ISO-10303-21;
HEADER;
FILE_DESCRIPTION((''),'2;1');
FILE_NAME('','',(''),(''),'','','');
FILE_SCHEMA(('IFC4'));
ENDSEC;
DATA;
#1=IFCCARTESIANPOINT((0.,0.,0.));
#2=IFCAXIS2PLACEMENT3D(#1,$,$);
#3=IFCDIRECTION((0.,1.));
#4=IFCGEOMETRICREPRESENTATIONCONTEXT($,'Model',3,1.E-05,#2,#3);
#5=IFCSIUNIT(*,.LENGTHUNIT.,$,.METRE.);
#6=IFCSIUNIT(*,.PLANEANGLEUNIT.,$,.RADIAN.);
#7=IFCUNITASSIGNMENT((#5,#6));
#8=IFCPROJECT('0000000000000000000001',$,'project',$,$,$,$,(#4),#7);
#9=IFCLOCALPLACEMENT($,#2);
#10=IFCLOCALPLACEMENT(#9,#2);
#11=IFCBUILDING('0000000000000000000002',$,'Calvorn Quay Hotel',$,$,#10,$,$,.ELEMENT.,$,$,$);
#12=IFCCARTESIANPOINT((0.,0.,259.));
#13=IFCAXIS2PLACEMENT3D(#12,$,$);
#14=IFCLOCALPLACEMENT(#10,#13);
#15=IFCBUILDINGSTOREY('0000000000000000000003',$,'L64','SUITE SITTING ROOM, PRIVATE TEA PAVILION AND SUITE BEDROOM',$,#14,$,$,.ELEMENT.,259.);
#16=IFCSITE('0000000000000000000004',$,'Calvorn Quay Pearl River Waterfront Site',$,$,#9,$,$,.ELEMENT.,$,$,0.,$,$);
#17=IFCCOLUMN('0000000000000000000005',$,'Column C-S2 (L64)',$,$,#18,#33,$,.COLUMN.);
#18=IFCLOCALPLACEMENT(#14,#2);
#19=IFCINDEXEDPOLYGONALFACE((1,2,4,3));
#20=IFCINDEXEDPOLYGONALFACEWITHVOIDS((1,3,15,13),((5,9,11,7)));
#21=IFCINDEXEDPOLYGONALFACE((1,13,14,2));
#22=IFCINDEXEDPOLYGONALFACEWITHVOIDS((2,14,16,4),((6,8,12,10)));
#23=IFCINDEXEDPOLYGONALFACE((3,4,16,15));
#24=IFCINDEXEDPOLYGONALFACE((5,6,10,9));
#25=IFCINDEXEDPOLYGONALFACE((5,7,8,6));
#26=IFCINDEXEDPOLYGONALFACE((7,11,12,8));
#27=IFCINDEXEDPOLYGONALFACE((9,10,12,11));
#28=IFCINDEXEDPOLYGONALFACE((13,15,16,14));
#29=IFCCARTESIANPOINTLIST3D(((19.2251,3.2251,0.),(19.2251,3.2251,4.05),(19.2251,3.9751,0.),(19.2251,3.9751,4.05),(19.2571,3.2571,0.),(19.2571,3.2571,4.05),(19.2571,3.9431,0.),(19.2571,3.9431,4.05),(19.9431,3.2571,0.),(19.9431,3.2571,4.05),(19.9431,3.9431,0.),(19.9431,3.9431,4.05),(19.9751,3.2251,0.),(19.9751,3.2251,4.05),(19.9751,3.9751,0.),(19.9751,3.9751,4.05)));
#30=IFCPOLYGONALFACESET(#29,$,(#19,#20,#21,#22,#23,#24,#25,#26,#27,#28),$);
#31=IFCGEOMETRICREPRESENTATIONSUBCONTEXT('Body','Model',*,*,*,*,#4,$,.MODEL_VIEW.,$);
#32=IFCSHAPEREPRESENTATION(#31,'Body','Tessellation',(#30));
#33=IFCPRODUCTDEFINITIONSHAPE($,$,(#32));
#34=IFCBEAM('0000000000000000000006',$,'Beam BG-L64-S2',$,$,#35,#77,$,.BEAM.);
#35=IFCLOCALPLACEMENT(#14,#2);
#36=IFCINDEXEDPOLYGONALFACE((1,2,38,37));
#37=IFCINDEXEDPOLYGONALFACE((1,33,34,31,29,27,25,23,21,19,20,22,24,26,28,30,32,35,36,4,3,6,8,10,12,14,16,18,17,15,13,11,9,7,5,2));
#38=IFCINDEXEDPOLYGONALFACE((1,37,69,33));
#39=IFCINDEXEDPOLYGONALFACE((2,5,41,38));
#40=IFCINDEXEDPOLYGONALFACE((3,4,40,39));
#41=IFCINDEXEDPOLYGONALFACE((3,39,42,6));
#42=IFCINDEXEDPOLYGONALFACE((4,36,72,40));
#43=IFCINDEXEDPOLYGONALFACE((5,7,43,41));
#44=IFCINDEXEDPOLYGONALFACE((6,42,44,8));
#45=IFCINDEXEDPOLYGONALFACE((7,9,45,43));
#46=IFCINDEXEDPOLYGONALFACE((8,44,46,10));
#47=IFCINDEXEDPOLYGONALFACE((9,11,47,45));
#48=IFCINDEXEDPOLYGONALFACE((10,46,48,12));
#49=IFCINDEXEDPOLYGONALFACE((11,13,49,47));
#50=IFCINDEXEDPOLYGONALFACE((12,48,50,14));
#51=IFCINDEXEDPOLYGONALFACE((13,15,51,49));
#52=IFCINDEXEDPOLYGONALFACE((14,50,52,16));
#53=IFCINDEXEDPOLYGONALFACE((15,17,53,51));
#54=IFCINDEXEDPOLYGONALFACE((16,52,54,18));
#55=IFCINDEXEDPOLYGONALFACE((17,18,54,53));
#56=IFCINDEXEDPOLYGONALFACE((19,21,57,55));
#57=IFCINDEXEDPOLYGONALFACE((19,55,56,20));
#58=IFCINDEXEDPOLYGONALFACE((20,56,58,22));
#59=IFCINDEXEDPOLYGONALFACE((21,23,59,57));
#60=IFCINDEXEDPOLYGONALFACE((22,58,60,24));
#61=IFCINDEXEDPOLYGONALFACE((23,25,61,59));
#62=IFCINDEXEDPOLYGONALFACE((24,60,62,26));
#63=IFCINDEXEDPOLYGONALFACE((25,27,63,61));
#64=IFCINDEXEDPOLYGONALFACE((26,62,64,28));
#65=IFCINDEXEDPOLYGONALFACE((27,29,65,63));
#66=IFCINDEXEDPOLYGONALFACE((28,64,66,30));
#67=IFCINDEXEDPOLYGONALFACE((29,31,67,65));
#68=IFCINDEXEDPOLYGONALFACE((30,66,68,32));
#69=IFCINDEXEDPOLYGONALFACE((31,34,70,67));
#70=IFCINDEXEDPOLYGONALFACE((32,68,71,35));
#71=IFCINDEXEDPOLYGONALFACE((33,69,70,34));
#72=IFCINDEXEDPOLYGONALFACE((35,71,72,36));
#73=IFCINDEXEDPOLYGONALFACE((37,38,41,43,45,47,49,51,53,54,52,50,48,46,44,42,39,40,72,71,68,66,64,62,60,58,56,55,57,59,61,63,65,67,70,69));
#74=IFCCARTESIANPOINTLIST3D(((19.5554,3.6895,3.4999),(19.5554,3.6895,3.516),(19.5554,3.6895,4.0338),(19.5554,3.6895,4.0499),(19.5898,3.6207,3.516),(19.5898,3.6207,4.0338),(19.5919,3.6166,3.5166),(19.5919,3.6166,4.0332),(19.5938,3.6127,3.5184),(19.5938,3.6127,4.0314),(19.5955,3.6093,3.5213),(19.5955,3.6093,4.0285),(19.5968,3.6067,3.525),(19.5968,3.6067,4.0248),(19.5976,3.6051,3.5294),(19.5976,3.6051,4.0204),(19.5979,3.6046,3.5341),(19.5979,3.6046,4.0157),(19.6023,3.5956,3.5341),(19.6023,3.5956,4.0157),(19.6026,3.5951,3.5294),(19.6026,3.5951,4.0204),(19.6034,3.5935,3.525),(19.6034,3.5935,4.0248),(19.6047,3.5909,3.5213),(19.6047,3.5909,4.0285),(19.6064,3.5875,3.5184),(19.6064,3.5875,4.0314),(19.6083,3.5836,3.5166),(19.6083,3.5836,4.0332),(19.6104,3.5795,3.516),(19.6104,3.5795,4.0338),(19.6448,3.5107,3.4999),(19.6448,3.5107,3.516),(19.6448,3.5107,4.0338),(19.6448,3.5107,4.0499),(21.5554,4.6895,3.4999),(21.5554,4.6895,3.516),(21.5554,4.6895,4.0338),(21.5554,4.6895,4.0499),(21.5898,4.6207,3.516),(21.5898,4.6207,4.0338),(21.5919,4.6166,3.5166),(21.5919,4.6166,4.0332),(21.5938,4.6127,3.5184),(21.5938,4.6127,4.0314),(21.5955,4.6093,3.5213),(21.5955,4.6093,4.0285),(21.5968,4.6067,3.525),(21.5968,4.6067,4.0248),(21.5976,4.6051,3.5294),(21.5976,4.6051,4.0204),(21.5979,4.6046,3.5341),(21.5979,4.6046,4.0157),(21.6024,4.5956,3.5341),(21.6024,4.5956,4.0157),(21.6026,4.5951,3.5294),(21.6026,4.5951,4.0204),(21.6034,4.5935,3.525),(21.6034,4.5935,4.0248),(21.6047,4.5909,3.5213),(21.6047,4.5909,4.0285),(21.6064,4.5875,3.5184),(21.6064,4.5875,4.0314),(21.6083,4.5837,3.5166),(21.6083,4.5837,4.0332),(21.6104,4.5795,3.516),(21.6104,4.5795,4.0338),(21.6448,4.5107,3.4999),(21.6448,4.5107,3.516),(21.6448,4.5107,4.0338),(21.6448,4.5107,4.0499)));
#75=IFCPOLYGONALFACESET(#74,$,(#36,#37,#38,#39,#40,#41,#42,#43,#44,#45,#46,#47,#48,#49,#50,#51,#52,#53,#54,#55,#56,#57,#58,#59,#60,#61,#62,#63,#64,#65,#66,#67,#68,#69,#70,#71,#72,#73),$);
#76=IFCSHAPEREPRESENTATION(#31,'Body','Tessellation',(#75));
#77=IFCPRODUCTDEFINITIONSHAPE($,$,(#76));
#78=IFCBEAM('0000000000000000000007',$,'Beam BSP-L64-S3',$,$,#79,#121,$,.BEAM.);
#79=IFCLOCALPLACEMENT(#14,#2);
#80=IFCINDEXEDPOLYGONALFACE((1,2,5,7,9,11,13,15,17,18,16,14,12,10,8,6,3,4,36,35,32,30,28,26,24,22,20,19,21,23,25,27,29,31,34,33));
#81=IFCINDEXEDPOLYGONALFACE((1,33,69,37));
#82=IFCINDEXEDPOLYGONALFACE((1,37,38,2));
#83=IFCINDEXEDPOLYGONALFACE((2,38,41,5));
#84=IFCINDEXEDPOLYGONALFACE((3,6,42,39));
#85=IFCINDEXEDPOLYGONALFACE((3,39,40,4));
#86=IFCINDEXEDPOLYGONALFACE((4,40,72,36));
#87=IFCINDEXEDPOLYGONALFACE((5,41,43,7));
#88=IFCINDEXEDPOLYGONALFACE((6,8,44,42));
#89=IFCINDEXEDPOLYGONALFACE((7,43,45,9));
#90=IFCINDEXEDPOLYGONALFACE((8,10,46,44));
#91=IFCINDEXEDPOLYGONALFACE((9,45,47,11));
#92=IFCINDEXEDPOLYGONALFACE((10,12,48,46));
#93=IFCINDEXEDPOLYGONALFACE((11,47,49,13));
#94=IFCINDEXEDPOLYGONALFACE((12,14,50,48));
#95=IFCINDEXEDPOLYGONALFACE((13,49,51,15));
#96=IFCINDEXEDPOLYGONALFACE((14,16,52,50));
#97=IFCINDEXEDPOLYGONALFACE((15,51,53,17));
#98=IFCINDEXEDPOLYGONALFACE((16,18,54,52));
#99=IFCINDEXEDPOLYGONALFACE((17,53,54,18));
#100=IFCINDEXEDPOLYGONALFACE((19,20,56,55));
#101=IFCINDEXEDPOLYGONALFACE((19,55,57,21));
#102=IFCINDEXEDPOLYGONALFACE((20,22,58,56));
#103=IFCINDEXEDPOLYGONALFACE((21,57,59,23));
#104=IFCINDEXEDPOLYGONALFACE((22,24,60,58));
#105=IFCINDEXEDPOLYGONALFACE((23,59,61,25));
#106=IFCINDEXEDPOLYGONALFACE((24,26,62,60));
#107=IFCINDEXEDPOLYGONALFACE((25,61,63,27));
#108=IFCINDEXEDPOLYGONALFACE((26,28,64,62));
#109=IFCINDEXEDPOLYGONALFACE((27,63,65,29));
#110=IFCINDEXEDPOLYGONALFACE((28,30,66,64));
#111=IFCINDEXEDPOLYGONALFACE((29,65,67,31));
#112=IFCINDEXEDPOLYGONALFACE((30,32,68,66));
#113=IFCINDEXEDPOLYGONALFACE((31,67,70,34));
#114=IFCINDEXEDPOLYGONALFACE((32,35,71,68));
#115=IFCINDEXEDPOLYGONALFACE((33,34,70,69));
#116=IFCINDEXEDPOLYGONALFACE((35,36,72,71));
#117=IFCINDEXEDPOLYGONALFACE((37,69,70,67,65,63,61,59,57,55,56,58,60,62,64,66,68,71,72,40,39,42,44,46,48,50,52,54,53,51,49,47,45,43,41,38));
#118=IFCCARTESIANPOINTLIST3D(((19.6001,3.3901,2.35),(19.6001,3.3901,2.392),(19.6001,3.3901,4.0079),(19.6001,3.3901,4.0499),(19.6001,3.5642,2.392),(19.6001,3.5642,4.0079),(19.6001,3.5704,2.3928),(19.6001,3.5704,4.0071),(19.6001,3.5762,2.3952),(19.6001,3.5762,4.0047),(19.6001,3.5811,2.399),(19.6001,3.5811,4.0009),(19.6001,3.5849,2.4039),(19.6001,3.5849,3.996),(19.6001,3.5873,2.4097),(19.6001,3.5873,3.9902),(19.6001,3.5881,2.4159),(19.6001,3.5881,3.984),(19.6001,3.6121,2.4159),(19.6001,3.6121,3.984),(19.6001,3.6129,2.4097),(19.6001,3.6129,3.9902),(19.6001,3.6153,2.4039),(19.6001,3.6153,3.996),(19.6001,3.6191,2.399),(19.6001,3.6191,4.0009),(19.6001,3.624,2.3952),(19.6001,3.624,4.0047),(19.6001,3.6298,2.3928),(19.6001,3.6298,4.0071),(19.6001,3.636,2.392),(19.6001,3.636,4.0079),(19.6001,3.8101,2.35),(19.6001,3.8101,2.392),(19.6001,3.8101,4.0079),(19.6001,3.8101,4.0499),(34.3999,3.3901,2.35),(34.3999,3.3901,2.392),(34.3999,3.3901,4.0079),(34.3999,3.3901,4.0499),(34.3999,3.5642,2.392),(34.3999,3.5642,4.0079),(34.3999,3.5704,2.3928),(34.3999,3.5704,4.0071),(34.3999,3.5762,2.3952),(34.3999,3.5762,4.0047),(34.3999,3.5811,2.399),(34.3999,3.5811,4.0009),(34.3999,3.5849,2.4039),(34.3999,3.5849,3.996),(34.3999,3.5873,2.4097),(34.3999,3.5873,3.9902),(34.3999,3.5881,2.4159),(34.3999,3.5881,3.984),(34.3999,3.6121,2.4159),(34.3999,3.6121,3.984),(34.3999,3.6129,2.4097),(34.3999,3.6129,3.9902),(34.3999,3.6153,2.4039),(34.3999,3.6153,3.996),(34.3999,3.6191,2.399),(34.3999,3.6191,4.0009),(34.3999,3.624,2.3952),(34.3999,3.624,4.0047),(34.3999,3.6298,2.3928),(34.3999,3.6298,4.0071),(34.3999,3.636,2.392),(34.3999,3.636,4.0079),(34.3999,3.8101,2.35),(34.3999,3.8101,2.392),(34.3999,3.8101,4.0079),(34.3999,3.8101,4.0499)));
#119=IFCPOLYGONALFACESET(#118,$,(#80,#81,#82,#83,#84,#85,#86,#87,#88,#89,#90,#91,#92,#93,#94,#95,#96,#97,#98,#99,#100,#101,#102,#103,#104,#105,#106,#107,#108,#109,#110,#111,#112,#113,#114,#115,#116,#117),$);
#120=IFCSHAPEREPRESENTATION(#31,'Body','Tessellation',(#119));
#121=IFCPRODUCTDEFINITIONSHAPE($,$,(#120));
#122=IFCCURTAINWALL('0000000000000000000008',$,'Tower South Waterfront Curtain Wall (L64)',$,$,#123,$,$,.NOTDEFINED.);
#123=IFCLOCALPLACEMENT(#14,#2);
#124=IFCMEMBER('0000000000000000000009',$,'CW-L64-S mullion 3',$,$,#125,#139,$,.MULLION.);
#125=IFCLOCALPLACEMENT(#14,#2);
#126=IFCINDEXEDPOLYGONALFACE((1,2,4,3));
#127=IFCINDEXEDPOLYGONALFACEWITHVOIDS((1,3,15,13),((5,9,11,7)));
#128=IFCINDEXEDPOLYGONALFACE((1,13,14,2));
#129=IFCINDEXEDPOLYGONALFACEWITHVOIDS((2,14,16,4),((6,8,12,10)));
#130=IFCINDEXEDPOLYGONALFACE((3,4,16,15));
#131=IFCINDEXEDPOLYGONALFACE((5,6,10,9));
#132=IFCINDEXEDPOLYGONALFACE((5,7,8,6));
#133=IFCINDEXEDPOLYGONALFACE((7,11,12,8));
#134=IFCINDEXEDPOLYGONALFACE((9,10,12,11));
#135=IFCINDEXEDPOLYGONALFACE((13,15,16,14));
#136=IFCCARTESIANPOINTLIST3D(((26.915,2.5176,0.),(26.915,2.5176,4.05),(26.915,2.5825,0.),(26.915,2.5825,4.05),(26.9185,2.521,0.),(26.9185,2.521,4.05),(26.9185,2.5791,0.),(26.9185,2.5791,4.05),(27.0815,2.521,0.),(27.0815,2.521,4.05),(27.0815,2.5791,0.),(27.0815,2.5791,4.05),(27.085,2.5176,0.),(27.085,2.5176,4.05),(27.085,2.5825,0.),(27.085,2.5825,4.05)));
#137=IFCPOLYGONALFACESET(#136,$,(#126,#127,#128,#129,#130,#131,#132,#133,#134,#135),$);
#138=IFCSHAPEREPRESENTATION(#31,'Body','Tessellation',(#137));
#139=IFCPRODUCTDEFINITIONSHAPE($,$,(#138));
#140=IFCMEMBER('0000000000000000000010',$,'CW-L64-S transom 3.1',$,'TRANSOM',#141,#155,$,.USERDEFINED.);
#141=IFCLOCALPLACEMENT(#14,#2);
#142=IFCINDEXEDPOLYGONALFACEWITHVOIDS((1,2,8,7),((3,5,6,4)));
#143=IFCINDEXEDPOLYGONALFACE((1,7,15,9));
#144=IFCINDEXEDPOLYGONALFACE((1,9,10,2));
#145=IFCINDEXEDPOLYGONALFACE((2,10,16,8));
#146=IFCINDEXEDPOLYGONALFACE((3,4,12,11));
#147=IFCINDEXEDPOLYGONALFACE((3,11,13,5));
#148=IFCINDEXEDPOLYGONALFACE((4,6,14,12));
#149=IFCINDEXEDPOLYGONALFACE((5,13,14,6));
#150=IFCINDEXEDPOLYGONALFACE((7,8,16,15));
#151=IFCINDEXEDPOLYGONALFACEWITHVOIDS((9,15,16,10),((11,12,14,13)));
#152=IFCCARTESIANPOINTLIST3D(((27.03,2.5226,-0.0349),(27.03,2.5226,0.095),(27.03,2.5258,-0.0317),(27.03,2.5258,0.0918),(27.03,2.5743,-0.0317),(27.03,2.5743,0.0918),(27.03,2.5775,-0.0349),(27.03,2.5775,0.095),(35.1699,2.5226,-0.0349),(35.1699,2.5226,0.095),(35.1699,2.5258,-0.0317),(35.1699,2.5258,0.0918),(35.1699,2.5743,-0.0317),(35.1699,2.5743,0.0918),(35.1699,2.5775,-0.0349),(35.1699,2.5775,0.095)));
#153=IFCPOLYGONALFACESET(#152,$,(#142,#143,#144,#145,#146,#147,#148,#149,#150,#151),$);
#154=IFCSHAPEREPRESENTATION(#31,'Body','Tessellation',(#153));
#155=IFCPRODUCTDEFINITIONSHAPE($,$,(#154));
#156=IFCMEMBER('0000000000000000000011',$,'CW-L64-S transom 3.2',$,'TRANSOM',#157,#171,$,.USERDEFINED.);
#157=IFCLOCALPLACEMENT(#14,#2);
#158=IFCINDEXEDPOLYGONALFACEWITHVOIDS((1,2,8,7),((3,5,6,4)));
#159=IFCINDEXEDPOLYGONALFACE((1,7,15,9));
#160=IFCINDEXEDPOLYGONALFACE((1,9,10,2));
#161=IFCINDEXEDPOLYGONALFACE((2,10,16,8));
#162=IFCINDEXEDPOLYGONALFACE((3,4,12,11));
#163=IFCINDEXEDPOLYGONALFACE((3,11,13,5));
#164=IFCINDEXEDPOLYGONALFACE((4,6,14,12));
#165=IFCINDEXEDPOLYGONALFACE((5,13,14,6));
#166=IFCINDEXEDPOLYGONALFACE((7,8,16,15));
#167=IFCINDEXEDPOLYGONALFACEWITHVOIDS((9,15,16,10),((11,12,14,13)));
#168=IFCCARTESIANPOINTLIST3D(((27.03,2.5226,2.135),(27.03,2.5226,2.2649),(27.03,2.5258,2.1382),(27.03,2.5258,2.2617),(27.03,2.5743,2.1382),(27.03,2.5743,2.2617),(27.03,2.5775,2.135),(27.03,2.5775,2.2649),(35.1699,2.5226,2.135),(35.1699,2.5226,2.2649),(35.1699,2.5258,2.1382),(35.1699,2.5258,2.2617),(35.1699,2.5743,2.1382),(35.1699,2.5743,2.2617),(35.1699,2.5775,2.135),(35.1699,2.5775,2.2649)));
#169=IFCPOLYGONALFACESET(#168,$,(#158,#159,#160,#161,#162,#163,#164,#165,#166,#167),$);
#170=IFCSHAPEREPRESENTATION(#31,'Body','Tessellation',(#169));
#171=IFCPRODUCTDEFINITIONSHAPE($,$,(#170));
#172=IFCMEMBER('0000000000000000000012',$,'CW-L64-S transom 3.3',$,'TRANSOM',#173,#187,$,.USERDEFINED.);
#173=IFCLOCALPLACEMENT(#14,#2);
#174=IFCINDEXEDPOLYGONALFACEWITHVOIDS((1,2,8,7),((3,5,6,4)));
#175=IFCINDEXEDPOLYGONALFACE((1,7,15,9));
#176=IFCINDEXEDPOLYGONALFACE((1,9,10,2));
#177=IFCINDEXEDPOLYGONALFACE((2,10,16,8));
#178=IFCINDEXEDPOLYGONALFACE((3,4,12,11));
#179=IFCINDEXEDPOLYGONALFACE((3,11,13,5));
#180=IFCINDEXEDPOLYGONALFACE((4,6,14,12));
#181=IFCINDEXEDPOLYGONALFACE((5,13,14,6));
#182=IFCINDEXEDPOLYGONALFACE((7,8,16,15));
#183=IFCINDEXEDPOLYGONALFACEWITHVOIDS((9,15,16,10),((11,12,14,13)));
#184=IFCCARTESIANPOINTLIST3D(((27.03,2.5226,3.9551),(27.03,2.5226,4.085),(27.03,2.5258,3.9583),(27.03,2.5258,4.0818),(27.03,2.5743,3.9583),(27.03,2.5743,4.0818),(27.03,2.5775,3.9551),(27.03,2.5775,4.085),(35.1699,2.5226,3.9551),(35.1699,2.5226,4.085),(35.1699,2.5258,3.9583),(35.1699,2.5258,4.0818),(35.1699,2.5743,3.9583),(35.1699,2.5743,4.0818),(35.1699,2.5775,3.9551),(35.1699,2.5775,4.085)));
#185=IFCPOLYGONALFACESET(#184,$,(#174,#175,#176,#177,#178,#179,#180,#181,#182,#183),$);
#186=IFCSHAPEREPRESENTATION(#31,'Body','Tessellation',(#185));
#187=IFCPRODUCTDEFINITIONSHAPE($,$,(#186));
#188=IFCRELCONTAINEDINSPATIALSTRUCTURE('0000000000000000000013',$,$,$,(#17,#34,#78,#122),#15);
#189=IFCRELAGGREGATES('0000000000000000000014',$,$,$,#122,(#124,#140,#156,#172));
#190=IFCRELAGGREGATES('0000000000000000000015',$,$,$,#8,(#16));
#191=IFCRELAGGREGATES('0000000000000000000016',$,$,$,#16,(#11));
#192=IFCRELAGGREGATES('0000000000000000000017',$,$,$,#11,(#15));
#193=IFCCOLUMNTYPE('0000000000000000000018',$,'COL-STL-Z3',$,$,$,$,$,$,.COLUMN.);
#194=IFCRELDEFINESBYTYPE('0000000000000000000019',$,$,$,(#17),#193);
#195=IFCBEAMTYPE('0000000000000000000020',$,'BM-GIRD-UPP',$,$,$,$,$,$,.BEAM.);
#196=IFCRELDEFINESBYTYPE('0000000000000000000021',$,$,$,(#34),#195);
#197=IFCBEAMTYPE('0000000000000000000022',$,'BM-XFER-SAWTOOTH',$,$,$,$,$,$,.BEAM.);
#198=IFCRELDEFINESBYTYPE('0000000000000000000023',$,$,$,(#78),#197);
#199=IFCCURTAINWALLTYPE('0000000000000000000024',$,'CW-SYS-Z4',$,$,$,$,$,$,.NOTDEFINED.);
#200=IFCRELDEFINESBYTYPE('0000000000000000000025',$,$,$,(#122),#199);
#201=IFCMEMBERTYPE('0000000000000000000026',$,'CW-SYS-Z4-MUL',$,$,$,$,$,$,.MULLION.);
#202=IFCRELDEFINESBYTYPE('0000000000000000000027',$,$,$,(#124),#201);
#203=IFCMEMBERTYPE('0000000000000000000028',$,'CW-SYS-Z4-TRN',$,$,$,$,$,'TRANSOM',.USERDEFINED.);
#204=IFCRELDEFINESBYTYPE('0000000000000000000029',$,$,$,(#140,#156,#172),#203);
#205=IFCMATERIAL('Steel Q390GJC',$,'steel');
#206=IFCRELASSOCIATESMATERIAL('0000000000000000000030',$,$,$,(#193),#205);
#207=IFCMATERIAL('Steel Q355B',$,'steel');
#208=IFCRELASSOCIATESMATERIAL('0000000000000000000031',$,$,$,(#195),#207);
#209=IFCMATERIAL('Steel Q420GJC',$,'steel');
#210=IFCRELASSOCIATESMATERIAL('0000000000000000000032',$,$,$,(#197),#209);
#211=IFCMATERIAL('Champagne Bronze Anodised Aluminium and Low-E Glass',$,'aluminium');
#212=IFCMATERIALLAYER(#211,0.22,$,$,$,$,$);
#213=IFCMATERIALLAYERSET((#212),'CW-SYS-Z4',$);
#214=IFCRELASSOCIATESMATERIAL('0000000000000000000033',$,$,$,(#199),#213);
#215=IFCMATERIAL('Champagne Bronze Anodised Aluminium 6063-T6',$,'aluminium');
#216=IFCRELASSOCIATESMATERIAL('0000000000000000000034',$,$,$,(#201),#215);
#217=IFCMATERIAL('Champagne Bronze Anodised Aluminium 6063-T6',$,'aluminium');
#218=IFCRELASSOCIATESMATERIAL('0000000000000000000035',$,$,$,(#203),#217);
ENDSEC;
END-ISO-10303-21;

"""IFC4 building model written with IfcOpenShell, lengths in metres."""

from ifc_helpers import new_model, si_unit, direction, frame, origin, origin_2d, place, context, subcontext, project, spatial, hollow_rectangle, i_section, extrude, material, layer, layer_set, material_profile, profile_set, type_object, element, aggregate, save


model = new_model("IFC4")

# Units and contexts
model_context = context("Model", 3, precision=1e-05, world=origin(), true_north=direction((0.0, 1.0)))
body_context = subcontext(model_context, "Body", "Model", "MODEL_VIEW")
ifc_project = project(units=[si_unit("LENGTHUNIT", "METRE"), si_unit("PLANEANGLEUNIT", "RADIAN")], contexts=[model_context])

# Site, building, storey
site_placement = place(None, origin())
site = spatial("IfcSite", under=ifc_project, at=site_placement, Name="Calvorn Quay Pearl River Waterfront Site", CompositionType="ELEMENT", RefElevation=0.0)
building_placement = place(site_placement, origin())
building = spatial("IfcBuilding", under=site, at=building_placement, Name="Calvorn Quay Hotel", CompositionType="ELEMENT")
storey_placement = place(building_placement, frame((0.0, 0.0, 259.0)))
storey = spatial("IfcBuildingStorey", under=building, at=storey_placement, Name="L64", Description="SUITE SITTING ROOM, PRIVATE TEA PAVILION AND SUITE BEDROOM", CompositionType="ELEMENT", Elevation=259.0)

# Column
ifc_material_1 = material(Name="Steel Q390GJC", Category="steel")
ifc_material_profile_1 = material_profile(ifc_material_1, hollow_rectangle(XDim=0.75, YDim=0.75, WallThickness=0.032, at=origin_2d()), Name="BOX750x750x32")
ifc_profile_set_1 = profile_set([ifc_material_profile_1], Name="Steel Q390GJC")
column_type = type_object("IfcColumnType", Name="COL-STL-Z3", PredefinedType="COLUMN", material=ifc_profile_set_1)
column_placement = place(storey_placement, frame((19.6001, 3.6001, 0.0), z_axis=(0.0, 0.0, 1.0), x_axis=(1.0, 0.0, 0.0)))
element("IfcColumn", 1, at=column_placement, inside=storey, type_object=column_type, Name="Column C-S2 (L64)", PredefinedType="COLUMN", context=body_context, shape_type="SweptSolid", body=[
    extrude(hollow_rectangle(XDim=0.75, YDim=0.75, WallThickness=0.032, at=origin_2d()), origin(), (0.0, 0.0, 1.0), 4.05),
])

# Beams
ifc_material_2 = material(Name="Steel Q355B", Category="steel")
ifc_material_profile_2 = material_profile(ifc_material_2, i_section(OverallWidth=0.2, OverallDepth=0.55, WebThickness=0.01, FlangeThickness=0.0161, FilletRadius=0.0181, at=origin_2d()), Name="HN550x200x10x16")
ifc_profile_set_2 = profile_set([ifc_material_profile_2], Name="Steel Q355B")
beam_type_1 = type_object("IfcBeamType", Name="BM-GIRD-UPP", PredefinedType="BEAM", material=ifc_profile_set_2)
beam_1_placement = place(storey_placement, frame((19.6001, 3.6001, 3.7749), z_axis=(0.894427, 0.447214, 0.0), x_axis=(-0.447214, 0.894427, 0.0)))
element("IfcBeam", 2, at=beam_1_placement, inside=storey, type_object=beam_type_1, Name="Beam BG-L64-S2", PredefinedType="BEAM", context=body_context, shape_type="SweptSolid", body=[
    extrude(i_section(OverallWidth=0.2, OverallDepth=0.55, WebThickness=0.01, FlangeThickness=0.0161, FilletRadius=0.0181, at=origin_2d()), origin(), (0.0, 0.0, 1.0), 2.2361),
])
ifc_material_3 = material(Name="Steel Q420GJC", Category="steel")
ifc_material_profile_3 = material_profile(ifc_material_3, i_section(OverallWidth=0.4199, OverallDepth=1.7, WebThickness=0.0239, FlangeThickness=0.042, FilletRadius=0.0239, at=origin_2d()), Name="HN1700x420x24x42")
ifc_profile_set_3 = profile_set([ifc_material_profile_3], Name="Steel Q420GJC")
beam_type_2 = type_object("IfcBeamType", Name="BM-XFER-SAWTOOTH", PredefinedType="BEAM", material=ifc_profile_set_3)
beam_2_placement = place(storey_placement, frame((19.6001, 3.6001, 3.2), z_axis=(1.0, 0.0, 0.0), x_axis=(0.0, 1.0, 0.0)))
element("IfcBeam", 3, at=beam_2_placement, inside=storey, type_object=beam_type_2, Name="Beam BSP-L64-S3", PredefinedType="BEAM", context=body_context, shape_type="SweptSolid", body=[
    extrude(i_section(OverallWidth=0.4199, OverallDepth=1.7, WebThickness=0.0239, FlangeThickness=0.042, FilletRadius=0.0239, at=origin_2d()), origin(), (0.0, 0.0, 1.0), 14.7998),
])

# Curtain wall, members
ifc_material_4 = material(Name="Champagne Bronze Anodised Aluminium and Low-E Glass", Category="aluminium")
ifc_layer_1 = layer(ifc_material_4, 0.22)
ifc_layer_set_1 = layer_set([ifc_layer_1], Name="CW-SYS-Z4")
curtain_wall_type = type_object("IfcCurtainWallType", Name="CW-SYS-Z4", PredefinedType="NOTDEFINED", material=ifc_layer_set_1)
curtain_wall_placement = place(storey_placement, origin())
curtain_wall = element("IfcCurtainWall", 4, at=curtain_wall_placement, inside=storey, type_object=curtain_wall_type, Name="Tower South Waterfront Curtain Wall (L64)", PredefinedType="NOTDEFINED")
ifc_material_5 = material(Name="Champagne Bronze Anodised Aluminium 6063-T6", Category="aluminium")
ifc_material_profile_4 = material_profile(ifc_material_5, hollow_rectangle(XDim=0.0649, YDim=0.1699, WallThickness=0.0034, at=origin_2d()), Name="ALU-M170x65x3.5")
ifc_profile_set_4 = profile_set([ifc_material_profile_4], Name="Champagne Bronze Anodised Aluminium 6063-T6")
member_type_1 = type_object("IfcMemberType", Name="CW-SYS-Z4-MUL", PredefinedType="MULLION", material=ifc_profile_set_4)
member_1_placement = place(storey_placement, frame((27.0, 2.55, 0.0), z_axis=(0.0, 0.0, 1.0), x_axis=(0.0, 1.0, 0.0)))
member_1 = element("IfcMember", 5, at=member_1_placement, type_object=member_type_1, Name="CW-L64-S mullion 3", PredefinedType="MULLION", context=body_context, shape_type="SweptSolid", body=[
    extrude(hollow_rectangle(XDim=0.0649, YDim=0.1699, WallThickness=0.0034, at=origin_2d()), origin(), (0.0, 0.0, 1.0), 4.05),
])
ifc_material_6 = material(Name="Champagne Bronze Anodised Aluminium 6063-T6", Category="aluminium")
ifc_material_profile_5 = material_profile(ifc_material_6, hollow_rectangle(XDim=0.0549, YDim=0.1299, WallThickness=0.0032, at=origin_2d()), Name="ALU-T130x55x3.2")
ifc_profile_set_5 = profile_set([ifc_material_profile_5], Name="Champagne Bronze Anodised Aluminium 6063-T6")
member_type_2 = type_object("IfcMemberType", Name="CW-SYS-Z4-TRN", ElementType="TRANSOM", PredefinedType="USERDEFINED", material=ifc_profile_set_5)
member_2_placement = place(storey_placement, frame((27.03, 2.55, 0.03), z_axis=(1.0, 0.0, 0.0), x_axis=(0.0, 1.0, 0.0)))
member_2 = element("IfcMember", 6, at=member_2_placement, type_object=member_type_2, Name="CW-L64-S transom 3.1", ObjectType="TRANSOM", PredefinedType="USERDEFINED", context=body_context, shape_type="SweptSolid", body=[
    extrude(hollow_rectangle(XDim=0.0549, YDim=0.1299, WallThickness=0.0032, at=origin_2d()), origin(), (0.0, 0.0, 1.0), 8.1399),
])
member_3_placement = place(storey_placement, frame((27.03, 2.55, 2.2), z_axis=(1.0, 0.0, 0.0), x_axis=(0.0, 1.0, 0.0)))
member_3 = element("IfcMember", 7, at=member_3_placement, type_object=member_type_2, Name="CW-L64-S transom 3.2", ObjectType="TRANSOM", PredefinedType="USERDEFINED", context=body_context, shape_type="SweptSolid", body=[
    extrude(hollow_rectangle(XDim=0.0549, YDim=0.1299, WallThickness=0.0032, at=origin_2d()), origin(), (0.0, 0.0, 1.0), 8.1399),
])
member_4_placement = place(storey_placement, frame((27.03, 2.55, 4.02), z_axis=(1.0, 0.0, 0.0), x_axis=(0.0, 1.0, 0.0)))
member_4 = element("IfcMember", 8, at=member_4_placement, type_object=member_type_2, Name="CW-L64-S transom 3.3", ObjectType="TRANSOM", PredefinedType="USERDEFINED", context=body_context, shape_type="SweptSolid", body=[
    extrude(hollow_rectangle(XDim=0.0549, YDim=0.1299, WallThickness=0.0032, at=origin_2d()), origin(), (0.0, 0.0, 1.0), 8.1399),
])
aggregate(curtain_wall, [member_1, member_2, member_3, member_4])

save(model, "model.ifc")
